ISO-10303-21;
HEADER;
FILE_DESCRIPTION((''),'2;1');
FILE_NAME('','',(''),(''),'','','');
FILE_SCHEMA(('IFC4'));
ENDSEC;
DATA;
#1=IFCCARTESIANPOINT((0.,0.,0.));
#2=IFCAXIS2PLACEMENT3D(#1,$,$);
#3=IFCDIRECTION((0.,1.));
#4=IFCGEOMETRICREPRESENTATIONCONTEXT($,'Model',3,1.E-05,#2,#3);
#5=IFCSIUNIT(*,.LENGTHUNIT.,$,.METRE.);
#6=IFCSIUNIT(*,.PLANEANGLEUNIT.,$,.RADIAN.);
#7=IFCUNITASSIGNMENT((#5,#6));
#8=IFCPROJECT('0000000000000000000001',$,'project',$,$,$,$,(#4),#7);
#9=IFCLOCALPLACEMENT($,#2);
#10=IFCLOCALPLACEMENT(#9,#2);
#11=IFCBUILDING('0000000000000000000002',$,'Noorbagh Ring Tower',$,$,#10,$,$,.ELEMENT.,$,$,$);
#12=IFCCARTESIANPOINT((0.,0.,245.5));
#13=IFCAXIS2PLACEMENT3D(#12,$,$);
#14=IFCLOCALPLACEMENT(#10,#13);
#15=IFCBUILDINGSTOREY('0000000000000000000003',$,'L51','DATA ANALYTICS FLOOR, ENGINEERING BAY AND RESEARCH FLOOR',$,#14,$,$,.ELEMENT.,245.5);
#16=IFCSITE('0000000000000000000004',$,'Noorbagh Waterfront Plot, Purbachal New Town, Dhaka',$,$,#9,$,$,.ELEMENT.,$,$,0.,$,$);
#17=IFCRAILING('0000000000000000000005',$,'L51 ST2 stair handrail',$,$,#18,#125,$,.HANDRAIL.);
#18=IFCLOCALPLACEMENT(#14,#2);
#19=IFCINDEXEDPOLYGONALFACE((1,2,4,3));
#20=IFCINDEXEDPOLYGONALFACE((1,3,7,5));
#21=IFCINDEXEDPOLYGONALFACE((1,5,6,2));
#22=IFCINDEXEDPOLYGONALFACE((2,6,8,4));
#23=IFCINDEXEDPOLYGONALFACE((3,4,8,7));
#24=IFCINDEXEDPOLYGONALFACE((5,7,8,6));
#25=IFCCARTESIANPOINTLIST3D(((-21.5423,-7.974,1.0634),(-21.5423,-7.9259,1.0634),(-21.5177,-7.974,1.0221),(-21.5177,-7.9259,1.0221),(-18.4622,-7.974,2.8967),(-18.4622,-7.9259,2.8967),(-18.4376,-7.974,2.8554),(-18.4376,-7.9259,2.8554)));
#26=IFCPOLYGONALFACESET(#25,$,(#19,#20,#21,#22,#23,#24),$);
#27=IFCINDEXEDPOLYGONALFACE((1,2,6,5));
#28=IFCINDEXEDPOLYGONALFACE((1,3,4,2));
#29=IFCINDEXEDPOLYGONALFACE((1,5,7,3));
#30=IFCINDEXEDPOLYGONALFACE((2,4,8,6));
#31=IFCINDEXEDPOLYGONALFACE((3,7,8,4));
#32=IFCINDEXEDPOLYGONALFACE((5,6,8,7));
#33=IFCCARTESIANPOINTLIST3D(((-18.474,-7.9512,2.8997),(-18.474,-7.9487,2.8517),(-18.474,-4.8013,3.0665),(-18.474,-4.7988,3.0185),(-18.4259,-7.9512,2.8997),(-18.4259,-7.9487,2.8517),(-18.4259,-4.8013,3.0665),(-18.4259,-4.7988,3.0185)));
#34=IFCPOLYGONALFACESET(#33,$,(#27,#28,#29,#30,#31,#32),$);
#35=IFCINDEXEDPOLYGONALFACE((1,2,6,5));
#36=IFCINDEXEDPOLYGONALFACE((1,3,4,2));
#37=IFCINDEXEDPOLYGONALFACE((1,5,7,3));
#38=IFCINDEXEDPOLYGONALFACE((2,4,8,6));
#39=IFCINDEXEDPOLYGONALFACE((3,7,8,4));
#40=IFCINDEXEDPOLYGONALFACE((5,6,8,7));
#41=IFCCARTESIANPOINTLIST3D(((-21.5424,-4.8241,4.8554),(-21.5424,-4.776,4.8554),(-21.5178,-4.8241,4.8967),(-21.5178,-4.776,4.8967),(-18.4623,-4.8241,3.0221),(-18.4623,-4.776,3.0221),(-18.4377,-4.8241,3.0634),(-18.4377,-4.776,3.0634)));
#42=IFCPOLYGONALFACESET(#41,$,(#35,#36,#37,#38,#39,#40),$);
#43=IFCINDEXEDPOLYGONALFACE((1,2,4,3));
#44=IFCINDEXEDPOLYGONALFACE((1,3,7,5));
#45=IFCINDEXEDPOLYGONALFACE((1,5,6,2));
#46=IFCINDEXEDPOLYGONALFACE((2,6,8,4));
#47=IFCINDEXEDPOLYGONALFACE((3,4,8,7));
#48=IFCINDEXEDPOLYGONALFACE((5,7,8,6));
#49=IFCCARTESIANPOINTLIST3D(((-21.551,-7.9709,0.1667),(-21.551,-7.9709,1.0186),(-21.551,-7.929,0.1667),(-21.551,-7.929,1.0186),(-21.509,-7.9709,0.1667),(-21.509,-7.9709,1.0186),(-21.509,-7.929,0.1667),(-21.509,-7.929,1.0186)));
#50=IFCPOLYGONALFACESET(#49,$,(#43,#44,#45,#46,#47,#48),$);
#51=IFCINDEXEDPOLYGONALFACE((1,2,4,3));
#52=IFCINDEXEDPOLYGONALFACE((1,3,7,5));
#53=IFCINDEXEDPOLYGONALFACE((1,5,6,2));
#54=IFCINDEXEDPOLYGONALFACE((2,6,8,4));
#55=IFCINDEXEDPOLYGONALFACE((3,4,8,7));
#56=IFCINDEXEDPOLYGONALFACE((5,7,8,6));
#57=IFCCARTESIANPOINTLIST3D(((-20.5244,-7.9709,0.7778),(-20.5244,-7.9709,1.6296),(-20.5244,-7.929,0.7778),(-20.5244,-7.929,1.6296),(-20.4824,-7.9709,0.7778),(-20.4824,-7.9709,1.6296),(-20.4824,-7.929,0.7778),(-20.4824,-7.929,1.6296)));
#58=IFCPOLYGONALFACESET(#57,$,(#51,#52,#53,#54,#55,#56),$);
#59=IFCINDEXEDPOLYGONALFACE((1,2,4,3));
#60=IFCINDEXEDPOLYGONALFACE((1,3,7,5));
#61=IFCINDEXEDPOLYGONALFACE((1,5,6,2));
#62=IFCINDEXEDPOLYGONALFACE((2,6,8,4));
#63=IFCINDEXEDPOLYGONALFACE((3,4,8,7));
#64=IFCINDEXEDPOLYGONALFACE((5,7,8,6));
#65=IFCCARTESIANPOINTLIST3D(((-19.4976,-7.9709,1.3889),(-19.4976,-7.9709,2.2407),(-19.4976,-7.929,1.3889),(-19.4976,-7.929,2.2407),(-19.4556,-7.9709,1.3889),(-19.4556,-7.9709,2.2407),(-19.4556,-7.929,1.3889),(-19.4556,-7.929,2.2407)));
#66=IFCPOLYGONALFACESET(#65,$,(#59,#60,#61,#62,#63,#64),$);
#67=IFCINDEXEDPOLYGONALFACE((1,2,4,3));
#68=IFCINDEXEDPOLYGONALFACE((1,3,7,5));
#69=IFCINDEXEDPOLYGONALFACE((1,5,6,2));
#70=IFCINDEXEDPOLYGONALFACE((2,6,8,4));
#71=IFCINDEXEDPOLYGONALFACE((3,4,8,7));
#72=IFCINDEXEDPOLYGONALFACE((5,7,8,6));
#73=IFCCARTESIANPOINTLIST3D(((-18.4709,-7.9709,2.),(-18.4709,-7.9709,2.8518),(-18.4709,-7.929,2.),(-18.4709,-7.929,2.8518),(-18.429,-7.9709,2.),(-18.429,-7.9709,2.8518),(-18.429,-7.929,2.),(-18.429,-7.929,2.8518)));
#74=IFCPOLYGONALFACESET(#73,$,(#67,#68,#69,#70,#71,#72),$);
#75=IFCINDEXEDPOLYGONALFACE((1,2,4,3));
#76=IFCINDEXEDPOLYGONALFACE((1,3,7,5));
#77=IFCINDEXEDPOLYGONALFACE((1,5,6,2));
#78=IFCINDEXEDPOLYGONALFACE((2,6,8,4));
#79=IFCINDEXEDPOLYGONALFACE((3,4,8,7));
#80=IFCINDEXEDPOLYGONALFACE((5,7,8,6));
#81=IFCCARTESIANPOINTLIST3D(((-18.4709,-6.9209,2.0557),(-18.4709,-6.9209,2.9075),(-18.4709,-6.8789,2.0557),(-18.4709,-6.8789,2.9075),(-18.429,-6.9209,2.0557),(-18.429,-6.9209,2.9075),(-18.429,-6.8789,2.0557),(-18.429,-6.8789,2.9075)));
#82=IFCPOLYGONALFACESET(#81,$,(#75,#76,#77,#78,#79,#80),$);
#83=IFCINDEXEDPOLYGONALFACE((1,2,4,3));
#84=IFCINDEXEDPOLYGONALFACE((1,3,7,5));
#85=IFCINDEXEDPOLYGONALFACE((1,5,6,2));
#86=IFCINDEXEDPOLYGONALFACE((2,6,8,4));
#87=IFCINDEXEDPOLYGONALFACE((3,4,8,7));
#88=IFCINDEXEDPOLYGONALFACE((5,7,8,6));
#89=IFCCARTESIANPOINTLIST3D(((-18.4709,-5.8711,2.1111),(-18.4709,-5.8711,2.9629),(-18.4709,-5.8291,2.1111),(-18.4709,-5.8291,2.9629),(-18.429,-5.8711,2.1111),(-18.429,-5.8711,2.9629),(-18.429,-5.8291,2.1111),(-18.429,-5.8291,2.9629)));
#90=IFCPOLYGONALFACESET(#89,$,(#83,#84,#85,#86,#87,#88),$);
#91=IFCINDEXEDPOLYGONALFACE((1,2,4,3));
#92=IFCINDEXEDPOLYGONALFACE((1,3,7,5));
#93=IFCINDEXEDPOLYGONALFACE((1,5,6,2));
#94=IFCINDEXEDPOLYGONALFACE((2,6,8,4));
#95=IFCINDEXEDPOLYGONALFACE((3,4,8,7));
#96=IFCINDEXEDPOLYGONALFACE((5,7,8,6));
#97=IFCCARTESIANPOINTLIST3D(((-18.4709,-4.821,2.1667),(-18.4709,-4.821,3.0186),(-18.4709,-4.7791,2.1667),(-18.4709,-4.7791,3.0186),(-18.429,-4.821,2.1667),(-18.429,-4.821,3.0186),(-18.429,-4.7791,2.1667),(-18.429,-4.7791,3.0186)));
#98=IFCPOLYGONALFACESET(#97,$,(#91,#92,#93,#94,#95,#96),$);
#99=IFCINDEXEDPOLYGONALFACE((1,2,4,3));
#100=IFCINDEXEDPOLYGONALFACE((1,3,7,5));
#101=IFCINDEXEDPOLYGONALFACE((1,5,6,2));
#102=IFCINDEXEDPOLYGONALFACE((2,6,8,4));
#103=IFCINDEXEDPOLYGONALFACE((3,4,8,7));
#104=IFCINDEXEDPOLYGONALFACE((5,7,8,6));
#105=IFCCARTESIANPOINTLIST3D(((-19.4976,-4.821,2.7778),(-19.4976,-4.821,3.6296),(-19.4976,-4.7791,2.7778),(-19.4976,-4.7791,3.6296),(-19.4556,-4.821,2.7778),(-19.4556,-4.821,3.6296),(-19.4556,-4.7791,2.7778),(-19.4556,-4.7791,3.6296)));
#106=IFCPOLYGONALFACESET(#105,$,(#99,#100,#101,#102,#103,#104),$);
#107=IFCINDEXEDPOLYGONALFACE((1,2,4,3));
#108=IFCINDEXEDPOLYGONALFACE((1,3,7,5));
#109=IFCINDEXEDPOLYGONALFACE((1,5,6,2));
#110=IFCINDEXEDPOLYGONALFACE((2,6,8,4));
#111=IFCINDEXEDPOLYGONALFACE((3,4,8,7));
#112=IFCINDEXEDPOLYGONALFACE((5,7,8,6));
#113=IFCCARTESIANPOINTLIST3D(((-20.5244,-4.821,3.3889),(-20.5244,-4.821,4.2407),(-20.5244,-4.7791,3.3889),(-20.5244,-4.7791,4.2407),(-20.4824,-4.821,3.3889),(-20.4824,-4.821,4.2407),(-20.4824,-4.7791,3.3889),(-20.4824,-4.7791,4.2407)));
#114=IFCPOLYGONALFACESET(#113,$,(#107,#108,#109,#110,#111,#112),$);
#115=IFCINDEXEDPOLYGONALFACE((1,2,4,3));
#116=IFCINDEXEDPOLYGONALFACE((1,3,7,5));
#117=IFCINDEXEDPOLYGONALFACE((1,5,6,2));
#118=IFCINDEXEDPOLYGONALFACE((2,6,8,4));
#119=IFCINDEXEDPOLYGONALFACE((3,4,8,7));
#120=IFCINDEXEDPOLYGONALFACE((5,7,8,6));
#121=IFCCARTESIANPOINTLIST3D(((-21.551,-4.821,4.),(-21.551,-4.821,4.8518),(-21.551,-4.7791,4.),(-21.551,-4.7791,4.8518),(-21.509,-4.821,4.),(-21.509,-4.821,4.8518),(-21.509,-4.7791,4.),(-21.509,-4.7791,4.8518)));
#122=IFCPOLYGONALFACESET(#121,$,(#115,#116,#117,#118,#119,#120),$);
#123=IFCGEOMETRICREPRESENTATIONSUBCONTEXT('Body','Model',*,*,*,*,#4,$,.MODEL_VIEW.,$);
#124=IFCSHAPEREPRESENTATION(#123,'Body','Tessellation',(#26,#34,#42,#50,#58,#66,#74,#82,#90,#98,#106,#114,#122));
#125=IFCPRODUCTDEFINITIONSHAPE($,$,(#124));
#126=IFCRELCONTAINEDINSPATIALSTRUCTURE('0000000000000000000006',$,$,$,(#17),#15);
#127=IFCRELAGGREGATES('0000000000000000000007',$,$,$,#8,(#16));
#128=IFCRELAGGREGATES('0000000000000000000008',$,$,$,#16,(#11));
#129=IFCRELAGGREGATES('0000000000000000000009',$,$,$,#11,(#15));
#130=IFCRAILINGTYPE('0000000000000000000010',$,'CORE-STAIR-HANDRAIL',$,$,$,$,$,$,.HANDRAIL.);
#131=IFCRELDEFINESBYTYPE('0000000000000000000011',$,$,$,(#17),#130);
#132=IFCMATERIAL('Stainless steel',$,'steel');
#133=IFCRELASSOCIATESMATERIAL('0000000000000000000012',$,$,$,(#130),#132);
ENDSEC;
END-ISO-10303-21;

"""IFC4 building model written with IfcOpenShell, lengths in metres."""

from ifc_helpers import new_model, si_unit, direction, frame, origin, origin_2d, place, context, subcontext, project, spatial, rectangle, extrude, material, type_object, element, save


model = new_model("IFC4")

# Units and contexts
model_context = context("Model", 3, precision=1e-05, world=origin(), true_north=direction((0.0, 1.0)))
body_context = subcontext(model_context, "Body", "Model", "MODEL_VIEW")
ifc_project = project(units=[si_unit("LENGTHUNIT", "METRE"), si_unit("PLANEANGLEUNIT", "RADIAN")], contexts=[model_context])

# Site, building, storey
site_placement = place(None, origin())
site = spatial("IfcSite", under=ifc_project, at=site_placement, Name="Noorbagh Waterfront Plot, Purbachal New Town, Dhaka", CompositionType="ELEMENT", RefElevation=0.0)
building_placement = place(site_placement, origin())
building = spatial("IfcBuilding", under=site, at=building_placement, Name="Noorbagh Ring Tower", CompositionType="ELEMENT")
storey_placement = place(building_placement, frame((0.0, 0.0, 245.5)))
storey = spatial("IfcBuildingStorey", under=building, at=storey_placement, Name="L51", Description="DATA ANALYTICS FLOOR, ENGINEERING BAY AND RESEARCH FLOOR", CompositionType="ELEMENT", Elevation=245.5)

# Railing
ifc_material_1 = material(Name="Stainless steel", Category="steel")
railing_type_1 = type_object("IfcRailingType", Name="CORE-STAIR-HANDRAIL", PredefinedType="HANDRAIL", material=ifc_material_1)
railing_1_placement = place(storey_placement, frame((-21.53, -7.95, 0.1667)))
element("IfcRailing", 1, at=railing_1_placement, inside=storey, type_object=railing_type_1, Name="L51 ST2 stair handrail", PredefinedType="HANDRAIL", context=body_context, shape_type="SweptSolid", body=[
    extrude(rectangle(XDim=0.0481, YDim=0.0481, at=origin_2d()), frame((0.0, 0.0, 0.876), z_axis=(0.859309, 0.0, 0.511458), x_axis=(0.0, 1.0, 0.0)), (0.0, 0.0, 1.0), 3.5845),
    extrude(rectangle(XDim=0.0481, YDim=0.0481, at=origin_2d()), frame((3.0801, 0.0, 2.709), z_axis=(0.0, 0.998602, 0.052864), x_axis=(-1.0, 0.0, 0.0)), (0.0, 0.0, 1.0), 3.1543),
    extrude(rectangle(XDim=0.0481, YDim=0.0481, at=origin_2d()), frame((3.0801, 3.1499, 2.876), z_axis=(-0.859309, 0.0, 0.511458), x_axis=(0.0, -1.0, 0.0)), (0.0, 0.0, 1.0), 3.5845),
    extrude(rectangle(XDim=0.042, YDim=0.042, at=origin_2d()), origin(), (0.0, 0.0, 1.0), 0.8518),
    extrude(rectangle(XDim=0.042, YDim=0.042, at=origin_2d()), frame((1.0266, 0.0, 0.6111)), (0.0, 0.0, 1.0), 0.8518),
    extrude(rectangle(XDim=0.042, YDim=0.042, at=origin_2d()), frame((2.0535, 0.0, 1.2222)), (0.0, 0.0, 1.0), 0.8518),
    extrude(rectangle(XDim=0.042, YDim=0.042, at=origin_2d()), frame((3.0801, 0.0, 1.8333)), (0.0, 0.0, 1.0), 0.8518),
    extrude(rectangle(XDim=0.042, YDim=0.042, at=origin_2d()), frame((3.0801, 1.05, 1.8889)), (0.0, 0.0, 1.0), 0.8518),
    extrude(rectangle(XDim=0.042, YDim=0.042, at=origin_2d()), frame((3.0801, 2.0999, 1.9443)), (0.0, 0.0, 1.0), 0.8518),
    extrude(rectangle(XDim=0.042, YDim=0.042, at=origin_2d()), frame((3.0801, 3.1499, 2.0)), (0.0, 0.0, 1.0), 0.8518),
    extrude(rectangle(XDim=0.042, YDim=0.042, at=origin_2d()), frame((2.0535, 3.1499, 2.6111)), (0.0, 0.0, 1.0), 0.8518),
    extrude(rectangle(XDim=0.042, YDim=0.042, at=origin_2d()), frame((1.0266, 3.1499, 3.2222)), (0.0, 0.0, 1.0), 0.8518),
    extrude(rectangle(XDim=0.042, YDim=0.042, at=origin_2d()), frame((0.0, 3.1499, 3.8333)), (0.0, 0.0, 1.0), 0.8518),
])

save(model, "model.ifc")
